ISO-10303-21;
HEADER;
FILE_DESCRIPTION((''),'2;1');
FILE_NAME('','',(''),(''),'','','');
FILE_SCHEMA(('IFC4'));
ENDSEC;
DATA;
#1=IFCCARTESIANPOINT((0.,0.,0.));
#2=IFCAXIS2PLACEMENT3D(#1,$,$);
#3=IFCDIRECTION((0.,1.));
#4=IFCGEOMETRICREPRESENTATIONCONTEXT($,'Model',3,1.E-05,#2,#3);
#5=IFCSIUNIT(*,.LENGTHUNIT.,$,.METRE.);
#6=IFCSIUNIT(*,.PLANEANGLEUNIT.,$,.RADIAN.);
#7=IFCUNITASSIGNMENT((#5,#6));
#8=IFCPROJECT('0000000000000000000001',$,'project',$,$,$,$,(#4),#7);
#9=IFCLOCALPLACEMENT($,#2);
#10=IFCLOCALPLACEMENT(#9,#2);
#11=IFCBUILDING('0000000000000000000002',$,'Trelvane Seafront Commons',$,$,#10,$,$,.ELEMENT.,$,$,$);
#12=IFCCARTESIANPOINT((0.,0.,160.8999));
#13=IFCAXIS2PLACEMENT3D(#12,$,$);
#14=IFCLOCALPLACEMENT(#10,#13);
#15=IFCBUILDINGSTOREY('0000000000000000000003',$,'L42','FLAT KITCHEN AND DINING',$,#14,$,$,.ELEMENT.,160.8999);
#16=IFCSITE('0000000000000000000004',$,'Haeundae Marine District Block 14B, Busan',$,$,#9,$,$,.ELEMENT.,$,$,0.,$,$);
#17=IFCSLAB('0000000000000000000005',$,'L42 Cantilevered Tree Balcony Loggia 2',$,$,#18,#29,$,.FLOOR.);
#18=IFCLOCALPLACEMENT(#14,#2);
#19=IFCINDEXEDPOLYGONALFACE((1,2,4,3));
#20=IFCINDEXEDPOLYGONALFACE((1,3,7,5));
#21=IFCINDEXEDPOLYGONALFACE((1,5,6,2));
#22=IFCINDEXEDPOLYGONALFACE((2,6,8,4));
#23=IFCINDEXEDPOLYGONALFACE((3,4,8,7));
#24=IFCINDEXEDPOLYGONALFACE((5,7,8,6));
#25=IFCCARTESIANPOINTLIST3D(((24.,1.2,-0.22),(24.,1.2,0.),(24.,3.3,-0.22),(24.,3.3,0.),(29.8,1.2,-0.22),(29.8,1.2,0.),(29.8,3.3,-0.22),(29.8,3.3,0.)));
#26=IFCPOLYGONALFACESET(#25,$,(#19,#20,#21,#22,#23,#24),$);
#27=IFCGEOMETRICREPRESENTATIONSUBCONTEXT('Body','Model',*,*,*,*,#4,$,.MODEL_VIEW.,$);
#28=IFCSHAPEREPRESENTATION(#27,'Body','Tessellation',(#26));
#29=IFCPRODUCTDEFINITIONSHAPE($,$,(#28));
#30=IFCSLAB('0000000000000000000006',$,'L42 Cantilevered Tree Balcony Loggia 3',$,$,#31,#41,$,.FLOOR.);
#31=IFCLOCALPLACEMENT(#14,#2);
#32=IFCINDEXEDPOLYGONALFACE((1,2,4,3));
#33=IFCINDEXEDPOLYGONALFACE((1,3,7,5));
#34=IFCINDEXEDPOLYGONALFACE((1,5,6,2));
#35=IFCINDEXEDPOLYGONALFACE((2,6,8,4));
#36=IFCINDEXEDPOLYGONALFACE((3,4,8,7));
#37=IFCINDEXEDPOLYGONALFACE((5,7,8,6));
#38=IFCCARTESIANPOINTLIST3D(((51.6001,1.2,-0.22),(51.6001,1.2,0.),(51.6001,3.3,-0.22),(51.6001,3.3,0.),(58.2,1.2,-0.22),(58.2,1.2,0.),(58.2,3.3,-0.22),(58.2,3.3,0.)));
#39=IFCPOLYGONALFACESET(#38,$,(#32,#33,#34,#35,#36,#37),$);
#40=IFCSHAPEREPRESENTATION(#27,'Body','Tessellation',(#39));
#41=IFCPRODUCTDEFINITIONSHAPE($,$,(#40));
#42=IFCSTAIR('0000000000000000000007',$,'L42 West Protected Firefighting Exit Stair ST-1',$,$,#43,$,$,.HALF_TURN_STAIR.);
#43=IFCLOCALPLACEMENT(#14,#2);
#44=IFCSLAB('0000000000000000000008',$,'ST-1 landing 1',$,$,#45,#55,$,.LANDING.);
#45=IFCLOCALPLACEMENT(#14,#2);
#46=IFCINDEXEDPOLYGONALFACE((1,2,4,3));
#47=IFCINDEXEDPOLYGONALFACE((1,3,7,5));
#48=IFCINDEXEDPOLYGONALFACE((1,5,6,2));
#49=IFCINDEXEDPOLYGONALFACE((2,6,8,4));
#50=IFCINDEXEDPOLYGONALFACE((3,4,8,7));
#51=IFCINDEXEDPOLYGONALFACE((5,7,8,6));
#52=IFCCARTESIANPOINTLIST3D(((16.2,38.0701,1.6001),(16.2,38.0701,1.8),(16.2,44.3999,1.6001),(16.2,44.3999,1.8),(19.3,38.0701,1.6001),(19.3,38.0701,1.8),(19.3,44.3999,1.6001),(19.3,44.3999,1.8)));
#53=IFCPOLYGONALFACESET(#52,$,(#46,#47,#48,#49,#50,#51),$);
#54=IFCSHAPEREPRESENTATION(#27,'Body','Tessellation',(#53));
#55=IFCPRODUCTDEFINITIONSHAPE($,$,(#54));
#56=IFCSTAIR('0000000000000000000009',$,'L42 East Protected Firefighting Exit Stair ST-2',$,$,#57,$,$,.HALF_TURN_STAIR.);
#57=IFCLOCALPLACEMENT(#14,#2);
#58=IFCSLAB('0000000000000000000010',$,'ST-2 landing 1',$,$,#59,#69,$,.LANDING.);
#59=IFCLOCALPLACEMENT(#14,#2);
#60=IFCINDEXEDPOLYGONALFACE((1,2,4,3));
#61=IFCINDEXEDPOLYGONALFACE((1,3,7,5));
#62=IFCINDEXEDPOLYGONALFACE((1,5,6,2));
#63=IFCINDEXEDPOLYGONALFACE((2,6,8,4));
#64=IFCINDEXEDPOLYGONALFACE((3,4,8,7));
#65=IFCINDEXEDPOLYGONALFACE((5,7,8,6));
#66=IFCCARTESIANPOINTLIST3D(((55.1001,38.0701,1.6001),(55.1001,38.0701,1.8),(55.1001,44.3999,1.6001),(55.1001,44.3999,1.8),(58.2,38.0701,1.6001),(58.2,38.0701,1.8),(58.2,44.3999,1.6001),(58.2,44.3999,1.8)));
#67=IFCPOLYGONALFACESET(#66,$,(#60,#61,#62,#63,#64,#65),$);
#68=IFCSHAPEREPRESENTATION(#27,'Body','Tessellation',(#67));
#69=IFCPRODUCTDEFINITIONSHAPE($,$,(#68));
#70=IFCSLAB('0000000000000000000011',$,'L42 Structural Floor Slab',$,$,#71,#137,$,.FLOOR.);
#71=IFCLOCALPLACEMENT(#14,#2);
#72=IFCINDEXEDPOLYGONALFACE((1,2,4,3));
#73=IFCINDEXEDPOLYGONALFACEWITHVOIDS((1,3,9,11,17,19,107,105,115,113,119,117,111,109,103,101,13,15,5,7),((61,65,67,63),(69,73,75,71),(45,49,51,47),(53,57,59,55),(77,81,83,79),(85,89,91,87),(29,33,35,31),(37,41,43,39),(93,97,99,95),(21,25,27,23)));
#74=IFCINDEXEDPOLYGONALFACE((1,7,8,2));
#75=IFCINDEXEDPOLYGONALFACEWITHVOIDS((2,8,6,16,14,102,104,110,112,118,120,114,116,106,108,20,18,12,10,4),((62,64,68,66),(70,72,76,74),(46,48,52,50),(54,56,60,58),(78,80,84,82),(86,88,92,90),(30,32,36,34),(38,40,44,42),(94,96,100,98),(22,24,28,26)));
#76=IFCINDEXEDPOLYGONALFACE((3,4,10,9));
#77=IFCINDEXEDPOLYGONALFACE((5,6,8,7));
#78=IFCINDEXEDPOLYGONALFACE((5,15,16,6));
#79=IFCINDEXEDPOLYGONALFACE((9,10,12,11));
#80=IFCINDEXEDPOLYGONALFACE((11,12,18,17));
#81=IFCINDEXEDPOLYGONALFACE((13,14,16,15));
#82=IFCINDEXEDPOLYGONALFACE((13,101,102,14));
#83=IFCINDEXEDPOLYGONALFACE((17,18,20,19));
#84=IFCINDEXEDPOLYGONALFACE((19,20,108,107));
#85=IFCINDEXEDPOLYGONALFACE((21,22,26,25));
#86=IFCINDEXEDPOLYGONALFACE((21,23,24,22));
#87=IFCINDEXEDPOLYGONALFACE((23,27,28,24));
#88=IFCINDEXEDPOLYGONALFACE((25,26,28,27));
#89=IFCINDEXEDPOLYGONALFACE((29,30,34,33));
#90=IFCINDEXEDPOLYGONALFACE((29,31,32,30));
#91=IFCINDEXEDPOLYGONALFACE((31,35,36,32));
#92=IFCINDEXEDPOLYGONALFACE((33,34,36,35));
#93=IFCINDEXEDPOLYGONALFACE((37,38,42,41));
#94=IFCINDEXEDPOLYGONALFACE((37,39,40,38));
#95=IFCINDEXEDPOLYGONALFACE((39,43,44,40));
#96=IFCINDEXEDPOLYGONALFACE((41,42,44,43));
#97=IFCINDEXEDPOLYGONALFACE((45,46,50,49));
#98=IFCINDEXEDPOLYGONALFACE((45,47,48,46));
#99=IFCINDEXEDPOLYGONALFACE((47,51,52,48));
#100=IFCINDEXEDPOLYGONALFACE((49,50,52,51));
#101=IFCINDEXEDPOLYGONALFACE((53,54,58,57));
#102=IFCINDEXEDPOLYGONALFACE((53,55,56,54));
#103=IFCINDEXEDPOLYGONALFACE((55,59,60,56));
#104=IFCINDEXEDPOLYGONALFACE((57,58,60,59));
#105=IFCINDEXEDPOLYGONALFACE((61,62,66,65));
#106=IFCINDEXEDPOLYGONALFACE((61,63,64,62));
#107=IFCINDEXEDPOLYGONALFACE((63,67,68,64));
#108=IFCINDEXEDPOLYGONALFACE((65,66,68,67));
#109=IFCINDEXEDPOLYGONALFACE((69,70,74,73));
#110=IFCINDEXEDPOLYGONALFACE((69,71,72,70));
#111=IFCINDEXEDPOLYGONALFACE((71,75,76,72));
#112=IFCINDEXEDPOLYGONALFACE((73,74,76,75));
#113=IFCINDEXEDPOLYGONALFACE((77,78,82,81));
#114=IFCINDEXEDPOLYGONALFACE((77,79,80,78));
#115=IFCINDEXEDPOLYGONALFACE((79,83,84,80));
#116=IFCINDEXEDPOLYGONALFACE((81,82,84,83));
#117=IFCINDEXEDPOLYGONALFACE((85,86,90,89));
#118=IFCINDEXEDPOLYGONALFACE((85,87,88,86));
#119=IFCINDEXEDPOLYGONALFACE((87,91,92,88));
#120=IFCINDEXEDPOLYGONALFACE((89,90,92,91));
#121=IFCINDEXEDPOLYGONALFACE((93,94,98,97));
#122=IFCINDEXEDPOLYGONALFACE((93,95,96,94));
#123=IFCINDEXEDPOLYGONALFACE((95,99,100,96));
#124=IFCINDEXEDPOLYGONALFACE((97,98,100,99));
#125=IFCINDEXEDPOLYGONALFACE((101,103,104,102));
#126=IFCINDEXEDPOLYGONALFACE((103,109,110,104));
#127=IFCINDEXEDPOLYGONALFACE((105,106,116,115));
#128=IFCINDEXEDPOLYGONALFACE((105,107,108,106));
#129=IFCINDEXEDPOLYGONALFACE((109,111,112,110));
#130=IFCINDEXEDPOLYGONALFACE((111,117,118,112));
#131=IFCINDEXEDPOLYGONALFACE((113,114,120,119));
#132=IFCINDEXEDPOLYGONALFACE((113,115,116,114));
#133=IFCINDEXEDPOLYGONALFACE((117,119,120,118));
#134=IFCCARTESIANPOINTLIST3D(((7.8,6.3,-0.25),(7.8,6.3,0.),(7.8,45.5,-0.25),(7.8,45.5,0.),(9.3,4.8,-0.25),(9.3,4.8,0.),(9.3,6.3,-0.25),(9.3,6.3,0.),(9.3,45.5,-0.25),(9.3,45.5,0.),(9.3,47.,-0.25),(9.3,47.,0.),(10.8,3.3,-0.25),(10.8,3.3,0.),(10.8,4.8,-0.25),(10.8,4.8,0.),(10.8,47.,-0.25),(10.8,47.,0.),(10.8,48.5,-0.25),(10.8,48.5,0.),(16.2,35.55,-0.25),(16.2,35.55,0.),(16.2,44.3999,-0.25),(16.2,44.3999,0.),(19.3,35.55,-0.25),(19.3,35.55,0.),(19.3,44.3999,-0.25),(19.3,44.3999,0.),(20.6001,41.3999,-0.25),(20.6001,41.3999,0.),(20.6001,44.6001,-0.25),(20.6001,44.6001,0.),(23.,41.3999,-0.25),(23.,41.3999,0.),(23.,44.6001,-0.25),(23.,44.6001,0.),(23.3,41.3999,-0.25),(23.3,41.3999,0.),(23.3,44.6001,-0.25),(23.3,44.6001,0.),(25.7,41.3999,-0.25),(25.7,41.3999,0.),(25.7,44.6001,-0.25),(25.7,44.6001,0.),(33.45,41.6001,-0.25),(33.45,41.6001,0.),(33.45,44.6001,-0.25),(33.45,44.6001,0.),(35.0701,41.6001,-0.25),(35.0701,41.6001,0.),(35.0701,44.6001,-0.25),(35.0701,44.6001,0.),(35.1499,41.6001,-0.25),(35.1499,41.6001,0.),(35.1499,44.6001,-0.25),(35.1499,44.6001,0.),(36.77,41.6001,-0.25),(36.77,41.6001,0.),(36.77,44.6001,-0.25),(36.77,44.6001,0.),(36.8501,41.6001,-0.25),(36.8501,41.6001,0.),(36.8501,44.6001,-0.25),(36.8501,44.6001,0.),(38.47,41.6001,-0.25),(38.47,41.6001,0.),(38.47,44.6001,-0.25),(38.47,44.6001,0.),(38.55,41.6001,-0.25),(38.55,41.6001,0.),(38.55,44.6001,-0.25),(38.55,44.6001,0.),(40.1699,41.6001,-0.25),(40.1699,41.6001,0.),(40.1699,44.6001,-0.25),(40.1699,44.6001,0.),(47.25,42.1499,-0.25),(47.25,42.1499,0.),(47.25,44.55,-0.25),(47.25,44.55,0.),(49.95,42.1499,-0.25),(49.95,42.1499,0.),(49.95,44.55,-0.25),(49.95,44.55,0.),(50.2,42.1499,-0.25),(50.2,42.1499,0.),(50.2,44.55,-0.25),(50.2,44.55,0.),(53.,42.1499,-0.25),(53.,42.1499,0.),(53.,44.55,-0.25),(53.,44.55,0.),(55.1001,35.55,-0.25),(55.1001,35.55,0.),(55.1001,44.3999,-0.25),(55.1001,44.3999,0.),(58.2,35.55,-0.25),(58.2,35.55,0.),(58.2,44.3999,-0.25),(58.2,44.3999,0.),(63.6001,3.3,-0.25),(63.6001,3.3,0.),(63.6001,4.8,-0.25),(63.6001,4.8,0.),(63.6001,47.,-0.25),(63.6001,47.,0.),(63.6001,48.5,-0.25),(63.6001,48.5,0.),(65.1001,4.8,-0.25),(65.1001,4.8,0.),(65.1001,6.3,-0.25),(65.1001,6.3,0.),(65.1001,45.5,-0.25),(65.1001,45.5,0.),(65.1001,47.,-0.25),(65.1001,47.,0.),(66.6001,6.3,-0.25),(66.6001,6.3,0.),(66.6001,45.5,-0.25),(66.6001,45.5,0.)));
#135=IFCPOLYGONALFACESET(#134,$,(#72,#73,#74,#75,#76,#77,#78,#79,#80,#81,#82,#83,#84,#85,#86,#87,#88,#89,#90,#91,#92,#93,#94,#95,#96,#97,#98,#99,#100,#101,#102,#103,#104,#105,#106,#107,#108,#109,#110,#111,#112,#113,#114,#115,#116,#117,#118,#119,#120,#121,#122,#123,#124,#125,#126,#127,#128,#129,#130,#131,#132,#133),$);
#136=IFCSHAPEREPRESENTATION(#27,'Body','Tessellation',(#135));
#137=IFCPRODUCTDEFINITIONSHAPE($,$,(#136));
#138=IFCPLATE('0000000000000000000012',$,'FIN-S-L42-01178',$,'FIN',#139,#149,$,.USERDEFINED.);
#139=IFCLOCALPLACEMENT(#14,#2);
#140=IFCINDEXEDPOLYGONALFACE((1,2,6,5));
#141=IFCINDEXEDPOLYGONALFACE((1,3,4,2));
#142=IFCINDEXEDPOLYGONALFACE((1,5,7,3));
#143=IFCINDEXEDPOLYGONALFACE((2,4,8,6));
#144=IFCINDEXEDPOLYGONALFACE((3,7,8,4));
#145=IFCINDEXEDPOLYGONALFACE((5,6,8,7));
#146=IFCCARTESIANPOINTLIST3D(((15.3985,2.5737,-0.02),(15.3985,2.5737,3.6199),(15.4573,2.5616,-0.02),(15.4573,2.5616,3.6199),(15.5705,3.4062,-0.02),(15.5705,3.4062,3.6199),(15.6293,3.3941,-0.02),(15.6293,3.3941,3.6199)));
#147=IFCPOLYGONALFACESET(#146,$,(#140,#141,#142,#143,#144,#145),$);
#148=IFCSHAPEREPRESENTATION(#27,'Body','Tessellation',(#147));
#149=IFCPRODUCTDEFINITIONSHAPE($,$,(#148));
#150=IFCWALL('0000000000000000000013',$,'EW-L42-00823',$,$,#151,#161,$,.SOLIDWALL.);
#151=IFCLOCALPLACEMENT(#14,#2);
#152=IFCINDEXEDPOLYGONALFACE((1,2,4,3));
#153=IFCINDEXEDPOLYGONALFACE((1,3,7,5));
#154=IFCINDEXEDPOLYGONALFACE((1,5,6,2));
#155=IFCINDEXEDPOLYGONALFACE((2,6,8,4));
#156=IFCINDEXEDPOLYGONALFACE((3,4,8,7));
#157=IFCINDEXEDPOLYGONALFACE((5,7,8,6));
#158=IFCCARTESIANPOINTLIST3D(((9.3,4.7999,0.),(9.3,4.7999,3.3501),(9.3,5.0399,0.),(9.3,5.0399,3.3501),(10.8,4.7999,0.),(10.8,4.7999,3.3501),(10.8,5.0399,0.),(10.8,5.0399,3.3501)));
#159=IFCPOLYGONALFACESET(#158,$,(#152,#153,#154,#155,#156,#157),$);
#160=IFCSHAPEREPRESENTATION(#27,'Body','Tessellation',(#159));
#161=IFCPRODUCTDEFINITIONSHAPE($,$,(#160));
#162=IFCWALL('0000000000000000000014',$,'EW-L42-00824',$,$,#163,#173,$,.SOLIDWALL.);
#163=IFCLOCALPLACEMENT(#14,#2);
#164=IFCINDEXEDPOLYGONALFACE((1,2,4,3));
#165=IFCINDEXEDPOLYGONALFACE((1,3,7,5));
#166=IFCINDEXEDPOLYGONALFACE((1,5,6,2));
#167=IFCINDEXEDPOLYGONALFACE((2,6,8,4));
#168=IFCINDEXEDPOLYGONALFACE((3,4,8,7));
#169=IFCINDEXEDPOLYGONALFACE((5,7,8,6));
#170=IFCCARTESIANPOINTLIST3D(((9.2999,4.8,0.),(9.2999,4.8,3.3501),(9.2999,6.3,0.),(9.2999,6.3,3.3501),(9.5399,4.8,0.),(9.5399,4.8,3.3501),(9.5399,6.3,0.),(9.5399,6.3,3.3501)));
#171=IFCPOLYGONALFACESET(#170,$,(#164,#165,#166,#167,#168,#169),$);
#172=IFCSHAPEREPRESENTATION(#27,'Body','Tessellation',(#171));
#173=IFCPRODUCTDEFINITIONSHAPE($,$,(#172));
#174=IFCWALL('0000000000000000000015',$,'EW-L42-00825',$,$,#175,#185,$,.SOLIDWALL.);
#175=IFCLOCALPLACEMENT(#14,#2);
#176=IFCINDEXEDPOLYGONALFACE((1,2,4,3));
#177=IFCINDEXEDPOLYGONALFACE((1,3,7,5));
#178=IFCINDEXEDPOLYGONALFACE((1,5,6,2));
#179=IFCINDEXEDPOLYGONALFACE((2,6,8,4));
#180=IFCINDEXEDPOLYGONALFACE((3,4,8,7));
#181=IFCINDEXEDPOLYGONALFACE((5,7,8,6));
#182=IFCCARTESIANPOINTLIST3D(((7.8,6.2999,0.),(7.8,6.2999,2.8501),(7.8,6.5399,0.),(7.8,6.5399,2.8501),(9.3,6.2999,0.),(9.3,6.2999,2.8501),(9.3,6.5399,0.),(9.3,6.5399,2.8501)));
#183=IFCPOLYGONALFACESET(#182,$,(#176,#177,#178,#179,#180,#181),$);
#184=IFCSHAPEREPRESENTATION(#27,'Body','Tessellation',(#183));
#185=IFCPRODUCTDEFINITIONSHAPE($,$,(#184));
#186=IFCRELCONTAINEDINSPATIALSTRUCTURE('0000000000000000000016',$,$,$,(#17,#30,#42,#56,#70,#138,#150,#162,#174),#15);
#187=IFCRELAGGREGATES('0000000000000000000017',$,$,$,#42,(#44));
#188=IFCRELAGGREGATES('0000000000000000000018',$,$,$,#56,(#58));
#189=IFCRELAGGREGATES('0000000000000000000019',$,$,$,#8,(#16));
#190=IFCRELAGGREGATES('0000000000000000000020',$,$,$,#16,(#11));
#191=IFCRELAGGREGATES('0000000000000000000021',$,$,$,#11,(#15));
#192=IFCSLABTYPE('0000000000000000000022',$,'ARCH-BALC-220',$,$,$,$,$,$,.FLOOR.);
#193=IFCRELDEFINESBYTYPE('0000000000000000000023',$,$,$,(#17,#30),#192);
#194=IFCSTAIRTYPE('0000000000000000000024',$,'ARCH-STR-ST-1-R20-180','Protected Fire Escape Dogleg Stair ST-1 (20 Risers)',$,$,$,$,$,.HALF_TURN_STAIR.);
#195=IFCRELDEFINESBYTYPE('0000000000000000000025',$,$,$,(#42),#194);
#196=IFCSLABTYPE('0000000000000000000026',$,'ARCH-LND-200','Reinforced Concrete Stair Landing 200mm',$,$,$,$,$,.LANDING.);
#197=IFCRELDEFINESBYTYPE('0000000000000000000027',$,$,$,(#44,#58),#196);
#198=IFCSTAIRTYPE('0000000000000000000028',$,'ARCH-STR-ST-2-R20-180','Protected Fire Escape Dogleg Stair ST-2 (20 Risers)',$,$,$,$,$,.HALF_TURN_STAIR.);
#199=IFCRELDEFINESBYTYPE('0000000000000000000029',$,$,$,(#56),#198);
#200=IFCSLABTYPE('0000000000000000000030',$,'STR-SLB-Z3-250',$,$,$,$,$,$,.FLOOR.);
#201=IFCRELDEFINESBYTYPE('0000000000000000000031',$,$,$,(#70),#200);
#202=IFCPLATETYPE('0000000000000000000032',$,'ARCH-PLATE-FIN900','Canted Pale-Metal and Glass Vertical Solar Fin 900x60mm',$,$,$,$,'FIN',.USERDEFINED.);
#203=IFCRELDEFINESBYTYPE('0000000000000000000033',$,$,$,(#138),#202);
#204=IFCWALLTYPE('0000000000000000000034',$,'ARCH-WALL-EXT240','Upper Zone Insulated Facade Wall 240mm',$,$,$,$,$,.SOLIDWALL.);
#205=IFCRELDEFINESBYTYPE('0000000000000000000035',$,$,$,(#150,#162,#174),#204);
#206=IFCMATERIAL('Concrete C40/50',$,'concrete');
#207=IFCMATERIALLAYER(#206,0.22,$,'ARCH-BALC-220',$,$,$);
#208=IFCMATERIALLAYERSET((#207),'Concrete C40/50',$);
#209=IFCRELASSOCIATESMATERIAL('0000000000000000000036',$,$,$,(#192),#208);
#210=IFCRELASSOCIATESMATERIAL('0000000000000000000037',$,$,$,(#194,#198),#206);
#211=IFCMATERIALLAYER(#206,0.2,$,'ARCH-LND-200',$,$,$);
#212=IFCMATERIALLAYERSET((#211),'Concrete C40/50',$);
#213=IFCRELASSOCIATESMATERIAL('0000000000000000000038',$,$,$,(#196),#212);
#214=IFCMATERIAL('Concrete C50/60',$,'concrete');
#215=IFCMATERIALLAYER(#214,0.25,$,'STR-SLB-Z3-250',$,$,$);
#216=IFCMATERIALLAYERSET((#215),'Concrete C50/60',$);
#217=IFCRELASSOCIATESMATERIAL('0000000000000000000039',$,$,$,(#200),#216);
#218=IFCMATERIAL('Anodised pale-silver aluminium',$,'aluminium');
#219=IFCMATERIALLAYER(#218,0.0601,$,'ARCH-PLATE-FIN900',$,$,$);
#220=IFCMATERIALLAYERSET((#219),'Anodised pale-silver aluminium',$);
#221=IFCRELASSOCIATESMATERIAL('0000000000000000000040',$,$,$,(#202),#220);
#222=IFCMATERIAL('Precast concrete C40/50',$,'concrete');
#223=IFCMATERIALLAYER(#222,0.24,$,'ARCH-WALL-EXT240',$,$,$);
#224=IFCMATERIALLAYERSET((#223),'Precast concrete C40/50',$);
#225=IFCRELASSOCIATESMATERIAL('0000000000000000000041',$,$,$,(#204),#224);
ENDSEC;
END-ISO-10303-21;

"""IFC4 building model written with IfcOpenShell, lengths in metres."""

from ifc_helpers import new_model, si_unit, direction, frame, frame_2d, origin, origin_2d, place, context, subcontext, project, spatial, polyline, rectangle, outline, extrude, source, transform, mapped, material, layer, layer_set, type_object, element, aggregate, save


model = new_model("IFC4")

# Units and contexts
model_context = context("Model", 3, precision=1e-05, world=origin(), true_north=direction((0.0, 1.0)))
body_context = subcontext(model_context, "Body", "Model", "MODEL_VIEW")
ifc_project = project(units=[si_unit("LENGTHUNIT", "METRE"), si_unit("PLANEANGLEUNIT", "RADIAN")], contexts=[model_context])

# Site, building, storey
site_placement = place(None, origin())
site = spatial("IfcSite", under=ifc_project, at=site_placement, Name="Haeundae Marine District Block 14B, Busan", CompositionType="ELEMENT", RefElevation=0.0)
building_placement = place(site_placement, origin())
building = spatial("IfcBuilding", under=site, at=building_placement, Name="Trelvane Seafront Commons", CompositionType="ELEMENT")
storey_placement = place(building_placement, frame((0.0, 0.0, 160.8999)))
storey = spatial("IfcBuildingStorey", under=building, at=storey_placement, Name="L42", Description="FLAT KITCHEN AND DINING", CompositionType="ELEMENT", Elevation=160.8999)

# Slabs
ifc_material_1 = material(Name="Concrete C40/50", Category="concrete")
ifc_layer_1 = layer(ifc_material_1, 0.22, Name="ARCH-BALC-220")
ifc_layer_set_1 = layer_set([ifc_layer_1], Name="Concrete C40/50")
slab_type_1 = type_object("IfcSlabType", Name="ARCH-BALC-220", PredefinedType="FLOOR", material=ifc_layer_set_1)
slab_1_placement = place(storey_placement, frame((0.0, 0.0, -0.22)))
element("IfcSlab", 1, at=slab_1_placement, inside=storey, type_object=slab_type_1, Name="L42 Cantilevered Tree Balcony Loggia 2", PredefinedType="FLOOR", context=body_context, shape_type="SweptSolid", body=[
    extrude(outline(polyline([(24.0, 1.2), (29.8, 1.2), (29.8, 3.3), (24.0, 3.3), (24.0, 1.2)])), origin(), (0.0, 0.0, 1.0), 0.22),
])
slab_2_placement = place(storey_placement, frame((0.0, 0.0, -0.22)))
element("IfcSlab", 2, at=slab_2_placement, inside=storey, type_object=slab_type_1, Name="L42 Cantilevered Tree Balcony Loggia 3", PredefinedType="FLOOR", context=body_context, shape_type="SweptSolid", body=[
    extrude(outline(polyline([(51.6001, 1.2), (58.2, 1.2), (58.2, 3.3), (51.6001, 3.3), (51.6001, 1.2)])), origin(), (0.0, 0.0, 1.0), 0.22),
])

# Stairs, slabs
stair_type_1 = type_object("IfcStairType", Name="ARCH-STR-ST-1-R20-180", Description="Protected Fire Escape Dogleg Stair ST-1 (20 Risers)", PredefinedType="HALF_TURN_STAIR", material=ifc_material_1)
stair_1_placement = place(storey_placement, origin())
stair_1 = element("IfcStair", 3, at=stair_1_placement, inside=storey, type_object=stair_type_1, Name="L42 West Protected Firefighting Exit Stair ST-1", PredefinedType="HALF_TURN_STAIR")
ifc_layer_2 = layer(ifc_material_1, 0.2, Name="ARCH-LND-200")
ifc_layer_set_2 = layer_set([ifc_layer_2], Name="Concrete C40/50")
slab_type_2 = type_object("IfcSlabType", Name="ARCH-LND-200", Description="Reinforced Concrete Stair Landing 200mm", PredefinedType="LANDING", material=ifc_layer_set_2)
slab_3_placement = place(storey_placement, frame((0.0, 0.0, 1.6001)))
slab_3 = element("IfcSlab", 4, at=slab_3_placement, type_object=slab_type_2, Name="ST-1 landing 1", PredefinedType="LANDING", context=body_context, shape_type="SweptSolid", body=[
    extrude(outline(polyline([(19.3, 38.0701), (19.3, 44.3999), (16.2, 44.3999), (16.2, 38.0701), (19.3, 38.0701)])), origin(), (0.0, 0.0, 1.0), 0.2),
])
aggregate(stair_1, [slab_3])
stair_type_2 = type_object("IfcStairType", Name="ARCH-STR-ST-2-R20-180", Description="Protected Fire Escape Dogleg Stair ST-2 (20 Risers)", PredefinedType="HALF_TURN_STAIR", material=ifc_material_1)
stair_2_placement = place(storey_placement, origin())
stair_2 = element("IfcStair", 5, at=stair_2_placement, inside=storey, type_object=stair_type_2, Name="L42 East Protected Firefighting Exit Stair ST-2", PredefinedType="HALF_TURN_STAIR")
slab_4_placement = place(storey_placement, frame((0.0, 0.0, 1.6001)))
slab_4 = element("IfcSlab", 6, at=slab_4_placement, type_object=slab_type_2, Name="ST-2 landing 1", PredefinedType="LANDING", context=body_context, shape_type="SweptSolid", body=[
    extrude(outline(polyline([(58.2, 38.0701), (58.2, 44.3999), (55.1001, 44.3999), (55.1001, 38.0701), (58.2, 38.0701)])), origin(), (0.0, 0.0, 1.0), 0.2),
])
aggregate(stair_2, [slab_4])

# Slab
ifc_material_2 = material(Name="Concrete C50/60", Category="concrete")
ifc_layer_3 = layer(ifc_material_2, 0.25, Name="STR-SLB-Z3-250")
ifc_layer_set_3 = layer_set([ifc_layer_3], Name="Concrete C50/60")
slab_type_3 = type_object("IfcSlabType", Name="STR-SLB-Z3-250", PredefinedType="FLOOR", material=ifc_layer_set_3)
slab_5_placement = place(storey_placement, frame((0.0, 0.0, -0.25)))
element("IfcSlab", 7, at=slab_5_placement, inside=storey, type_object=slab_type_3, Name="L42 Structural Floor Slab", PredefinedType="FLOOR", context=body_context, shape_type="SweptSolid", body=[
    extrude(outline(polyline([(10.8, 3.3), (63.6001, 3.3), (63.6001, 4.8), (65.1001, 4.8), (65.1001, 6.3), (66.6001, 6.3), (66.6001, 45.5), (65.1001, 45.5), (65.1001, 47.0), (63.6001, 47.0), (63.6001, 48.5), (10.8, 48.5), (10.8, 47.0), (9.3, 47.0), (9.3, 45.5), (7.8, 45.5), (7.8, 6.3), (9.3, 6.3), (9.3, 4.8), (10.8, 4.8), (10.8, 3.3)]), holes=[polyline([(19.3, 35.55), (16.2, 35.55), (16.2, 44.3999), (19.3, 44.3999), (19.3, 35.55)]), polyline([(58.2, 35.55), (55.1001, 35.55), (55.1001, 44.3999), (58.2, 44.3999), (58.2, 35.55)]), polyline([(23.0, 41.3999), (20.6001, 41.3999), (20.6001, 44.6001), (23.0, 44.6001), (23.0, 41.3999)]), polyline([(23.3, 41.3999), (23.3, 44.6001), (25.7, 44.6001), (25.7, 41.3999), (23.3, 41.3999)]), polyline([(33.45, 41.6001), (33.45, 44.6001), (35.0701, 44.6001), (35.0701, 41.6001), (33.45, 41.6001)]), polyline([(36.77, 41.6001), (35.1499, 41.6001), (35.1499, 44.6001), (36.77, 44.6001), (36.77, 41.6001)]), polyline([(38.47, 41.6001), (36.8501, 41.6001), (36.8501, 44.6001), (38.47, 44.6001), (38.47, 41.6001)]), polyline([(40.1699, 41.6001), (38.55, 41.6001), (38.55, 44.6001), (40.1699, 44.6001), (40.1699, 41.6001)]), polyline([(47.25, 42.1499), (47.25, 44.55), (49.95, 44.55), (49.95, 42.1499), (47.25, 42.1499)]), polyline([(50.2, 42.1499), (50.2, 44.55), (53.0, 44.55), (53.0, 42.1499), (50.2, 42.1499)])]), origin(), (0.0, 0.0, 1.0), 0.25),
])

# Plate
ifc_material_3 = material(Name="Anodised pale-silver aluminium", Category="aluminium")
ifc_layer_4 = layer(ifc_material_3, 0.0601, Name="ARCH-PLATE-FIN900")
ifc_layer_set_4 = layer_set([ifc_layer_4], Name="Anodised pale-silver aluminium")
plate_type = type_object("IfcPlateType", Name="ARCH-PLATE-FIN900", Description="Canted Pale-Metal and Glass Vertical Solar Fin 900x60mm", ElementType="FIN", PredefinedType="USERDEFINED", material=ifc_layer_set_4)
shared_shape_1 = source(origin(), body_context, "Body", "SweptSolid", [
    extrude(rectangle(XDim=0.8501, YDim=0.0601, at=origin_2d()), origin(), (0.0, 0.0, 1.0), 3.6399),
])
plate_placement = place(storey_placement, frame((15.5139, 2.9839, -0.02), z_axis=(0.0, 0.0, 1.0), x_axis=(-0.202357, -0.979312, 0.0)))
element("IfcPlate", 8, at=plate_placement, inside=storey, type_object=plate_type, Name="FIN-S-L42-01178", ObjectType="FIN", PredefinedType="USERDEFINED", context=body_context, shape_type="MappedRepresentation", body=[
    mapped(shared_shape_1, transform((0.0, 0.0, 0.0), x_axis=(1.0, 0.0, 0.0), y_axis=(0.0, 1.0, 0.0), z_axis=(0.0, 0.0, 1.0), scale=1.0)),
])

# Walls
ifc_material_4 = material(Name="Precast concrete C40/50", Category="concrete")
ifc_layer_5 = layer(ifc_material_4, 0.24, Name="ARCH-WALL-EXT240")
ifc_layer_set_5 = layer_set([ifc_layer_5], Name="Precast concrete C40/50")
wall_type_1 = type_object("IfcWallType", Name="ARCH-WALL-EXT240", Description="Upper Zone Insulated Facade Wall 240mm", PredefinedType="SOLIDWALL", material=ifc_layer_set_5)
for number, where, z_axis, x_axis, name in (
    (9, (10.8, 4.9199, 0.0), (0.0, 0.0, 1.0), (-1.0, 0.0, 0.0), "EW-L42-00823"),
    (10, (9.4199, 4.8, 0.0), (0.0, 0.0, 1.0), (0.0, 1.0, 0.0), "EW-L42-00824"),
):
    element("IfcWall", number, at=place(storey_placement, frame(where, z_axis=z_axis, x_axis=x_axis)), inside=storey, type_object=wall_type_1, Name=name, PredefinedType="SOLIDWALL", context=body_context, shape_type="SweptSolid", body=[
        extrude(rectangle(XDim=1.5, YDim=0.24, at=frame_2d((0.75, 0.0))), origin(), (0.0, 0.0, 1.0), 3.3501),
    ])
wall_1_placement = place(storey_placement, frame((9.3, 6.4199, 0.0), z_axis=(0.0, 0.0, 1.0), x_axis=(-1.0, 0.0, 0.0)))
element("IfcWall", 11, at=wall_1_placement, inside=storey, type_object=wall_type_1, Name="EW-L42-00825", PredefinedType="SOLIDWALL", context=body_context, shape_type="SweptSolid", body=[
    extrude(rectangle(XDim=1.5, YDim=0.24, at=frame_2d((0.75, 0.0))), origin(), (0.0, 0.0, 1.0), 2.8501),
])

save(model, "model.ifc")
